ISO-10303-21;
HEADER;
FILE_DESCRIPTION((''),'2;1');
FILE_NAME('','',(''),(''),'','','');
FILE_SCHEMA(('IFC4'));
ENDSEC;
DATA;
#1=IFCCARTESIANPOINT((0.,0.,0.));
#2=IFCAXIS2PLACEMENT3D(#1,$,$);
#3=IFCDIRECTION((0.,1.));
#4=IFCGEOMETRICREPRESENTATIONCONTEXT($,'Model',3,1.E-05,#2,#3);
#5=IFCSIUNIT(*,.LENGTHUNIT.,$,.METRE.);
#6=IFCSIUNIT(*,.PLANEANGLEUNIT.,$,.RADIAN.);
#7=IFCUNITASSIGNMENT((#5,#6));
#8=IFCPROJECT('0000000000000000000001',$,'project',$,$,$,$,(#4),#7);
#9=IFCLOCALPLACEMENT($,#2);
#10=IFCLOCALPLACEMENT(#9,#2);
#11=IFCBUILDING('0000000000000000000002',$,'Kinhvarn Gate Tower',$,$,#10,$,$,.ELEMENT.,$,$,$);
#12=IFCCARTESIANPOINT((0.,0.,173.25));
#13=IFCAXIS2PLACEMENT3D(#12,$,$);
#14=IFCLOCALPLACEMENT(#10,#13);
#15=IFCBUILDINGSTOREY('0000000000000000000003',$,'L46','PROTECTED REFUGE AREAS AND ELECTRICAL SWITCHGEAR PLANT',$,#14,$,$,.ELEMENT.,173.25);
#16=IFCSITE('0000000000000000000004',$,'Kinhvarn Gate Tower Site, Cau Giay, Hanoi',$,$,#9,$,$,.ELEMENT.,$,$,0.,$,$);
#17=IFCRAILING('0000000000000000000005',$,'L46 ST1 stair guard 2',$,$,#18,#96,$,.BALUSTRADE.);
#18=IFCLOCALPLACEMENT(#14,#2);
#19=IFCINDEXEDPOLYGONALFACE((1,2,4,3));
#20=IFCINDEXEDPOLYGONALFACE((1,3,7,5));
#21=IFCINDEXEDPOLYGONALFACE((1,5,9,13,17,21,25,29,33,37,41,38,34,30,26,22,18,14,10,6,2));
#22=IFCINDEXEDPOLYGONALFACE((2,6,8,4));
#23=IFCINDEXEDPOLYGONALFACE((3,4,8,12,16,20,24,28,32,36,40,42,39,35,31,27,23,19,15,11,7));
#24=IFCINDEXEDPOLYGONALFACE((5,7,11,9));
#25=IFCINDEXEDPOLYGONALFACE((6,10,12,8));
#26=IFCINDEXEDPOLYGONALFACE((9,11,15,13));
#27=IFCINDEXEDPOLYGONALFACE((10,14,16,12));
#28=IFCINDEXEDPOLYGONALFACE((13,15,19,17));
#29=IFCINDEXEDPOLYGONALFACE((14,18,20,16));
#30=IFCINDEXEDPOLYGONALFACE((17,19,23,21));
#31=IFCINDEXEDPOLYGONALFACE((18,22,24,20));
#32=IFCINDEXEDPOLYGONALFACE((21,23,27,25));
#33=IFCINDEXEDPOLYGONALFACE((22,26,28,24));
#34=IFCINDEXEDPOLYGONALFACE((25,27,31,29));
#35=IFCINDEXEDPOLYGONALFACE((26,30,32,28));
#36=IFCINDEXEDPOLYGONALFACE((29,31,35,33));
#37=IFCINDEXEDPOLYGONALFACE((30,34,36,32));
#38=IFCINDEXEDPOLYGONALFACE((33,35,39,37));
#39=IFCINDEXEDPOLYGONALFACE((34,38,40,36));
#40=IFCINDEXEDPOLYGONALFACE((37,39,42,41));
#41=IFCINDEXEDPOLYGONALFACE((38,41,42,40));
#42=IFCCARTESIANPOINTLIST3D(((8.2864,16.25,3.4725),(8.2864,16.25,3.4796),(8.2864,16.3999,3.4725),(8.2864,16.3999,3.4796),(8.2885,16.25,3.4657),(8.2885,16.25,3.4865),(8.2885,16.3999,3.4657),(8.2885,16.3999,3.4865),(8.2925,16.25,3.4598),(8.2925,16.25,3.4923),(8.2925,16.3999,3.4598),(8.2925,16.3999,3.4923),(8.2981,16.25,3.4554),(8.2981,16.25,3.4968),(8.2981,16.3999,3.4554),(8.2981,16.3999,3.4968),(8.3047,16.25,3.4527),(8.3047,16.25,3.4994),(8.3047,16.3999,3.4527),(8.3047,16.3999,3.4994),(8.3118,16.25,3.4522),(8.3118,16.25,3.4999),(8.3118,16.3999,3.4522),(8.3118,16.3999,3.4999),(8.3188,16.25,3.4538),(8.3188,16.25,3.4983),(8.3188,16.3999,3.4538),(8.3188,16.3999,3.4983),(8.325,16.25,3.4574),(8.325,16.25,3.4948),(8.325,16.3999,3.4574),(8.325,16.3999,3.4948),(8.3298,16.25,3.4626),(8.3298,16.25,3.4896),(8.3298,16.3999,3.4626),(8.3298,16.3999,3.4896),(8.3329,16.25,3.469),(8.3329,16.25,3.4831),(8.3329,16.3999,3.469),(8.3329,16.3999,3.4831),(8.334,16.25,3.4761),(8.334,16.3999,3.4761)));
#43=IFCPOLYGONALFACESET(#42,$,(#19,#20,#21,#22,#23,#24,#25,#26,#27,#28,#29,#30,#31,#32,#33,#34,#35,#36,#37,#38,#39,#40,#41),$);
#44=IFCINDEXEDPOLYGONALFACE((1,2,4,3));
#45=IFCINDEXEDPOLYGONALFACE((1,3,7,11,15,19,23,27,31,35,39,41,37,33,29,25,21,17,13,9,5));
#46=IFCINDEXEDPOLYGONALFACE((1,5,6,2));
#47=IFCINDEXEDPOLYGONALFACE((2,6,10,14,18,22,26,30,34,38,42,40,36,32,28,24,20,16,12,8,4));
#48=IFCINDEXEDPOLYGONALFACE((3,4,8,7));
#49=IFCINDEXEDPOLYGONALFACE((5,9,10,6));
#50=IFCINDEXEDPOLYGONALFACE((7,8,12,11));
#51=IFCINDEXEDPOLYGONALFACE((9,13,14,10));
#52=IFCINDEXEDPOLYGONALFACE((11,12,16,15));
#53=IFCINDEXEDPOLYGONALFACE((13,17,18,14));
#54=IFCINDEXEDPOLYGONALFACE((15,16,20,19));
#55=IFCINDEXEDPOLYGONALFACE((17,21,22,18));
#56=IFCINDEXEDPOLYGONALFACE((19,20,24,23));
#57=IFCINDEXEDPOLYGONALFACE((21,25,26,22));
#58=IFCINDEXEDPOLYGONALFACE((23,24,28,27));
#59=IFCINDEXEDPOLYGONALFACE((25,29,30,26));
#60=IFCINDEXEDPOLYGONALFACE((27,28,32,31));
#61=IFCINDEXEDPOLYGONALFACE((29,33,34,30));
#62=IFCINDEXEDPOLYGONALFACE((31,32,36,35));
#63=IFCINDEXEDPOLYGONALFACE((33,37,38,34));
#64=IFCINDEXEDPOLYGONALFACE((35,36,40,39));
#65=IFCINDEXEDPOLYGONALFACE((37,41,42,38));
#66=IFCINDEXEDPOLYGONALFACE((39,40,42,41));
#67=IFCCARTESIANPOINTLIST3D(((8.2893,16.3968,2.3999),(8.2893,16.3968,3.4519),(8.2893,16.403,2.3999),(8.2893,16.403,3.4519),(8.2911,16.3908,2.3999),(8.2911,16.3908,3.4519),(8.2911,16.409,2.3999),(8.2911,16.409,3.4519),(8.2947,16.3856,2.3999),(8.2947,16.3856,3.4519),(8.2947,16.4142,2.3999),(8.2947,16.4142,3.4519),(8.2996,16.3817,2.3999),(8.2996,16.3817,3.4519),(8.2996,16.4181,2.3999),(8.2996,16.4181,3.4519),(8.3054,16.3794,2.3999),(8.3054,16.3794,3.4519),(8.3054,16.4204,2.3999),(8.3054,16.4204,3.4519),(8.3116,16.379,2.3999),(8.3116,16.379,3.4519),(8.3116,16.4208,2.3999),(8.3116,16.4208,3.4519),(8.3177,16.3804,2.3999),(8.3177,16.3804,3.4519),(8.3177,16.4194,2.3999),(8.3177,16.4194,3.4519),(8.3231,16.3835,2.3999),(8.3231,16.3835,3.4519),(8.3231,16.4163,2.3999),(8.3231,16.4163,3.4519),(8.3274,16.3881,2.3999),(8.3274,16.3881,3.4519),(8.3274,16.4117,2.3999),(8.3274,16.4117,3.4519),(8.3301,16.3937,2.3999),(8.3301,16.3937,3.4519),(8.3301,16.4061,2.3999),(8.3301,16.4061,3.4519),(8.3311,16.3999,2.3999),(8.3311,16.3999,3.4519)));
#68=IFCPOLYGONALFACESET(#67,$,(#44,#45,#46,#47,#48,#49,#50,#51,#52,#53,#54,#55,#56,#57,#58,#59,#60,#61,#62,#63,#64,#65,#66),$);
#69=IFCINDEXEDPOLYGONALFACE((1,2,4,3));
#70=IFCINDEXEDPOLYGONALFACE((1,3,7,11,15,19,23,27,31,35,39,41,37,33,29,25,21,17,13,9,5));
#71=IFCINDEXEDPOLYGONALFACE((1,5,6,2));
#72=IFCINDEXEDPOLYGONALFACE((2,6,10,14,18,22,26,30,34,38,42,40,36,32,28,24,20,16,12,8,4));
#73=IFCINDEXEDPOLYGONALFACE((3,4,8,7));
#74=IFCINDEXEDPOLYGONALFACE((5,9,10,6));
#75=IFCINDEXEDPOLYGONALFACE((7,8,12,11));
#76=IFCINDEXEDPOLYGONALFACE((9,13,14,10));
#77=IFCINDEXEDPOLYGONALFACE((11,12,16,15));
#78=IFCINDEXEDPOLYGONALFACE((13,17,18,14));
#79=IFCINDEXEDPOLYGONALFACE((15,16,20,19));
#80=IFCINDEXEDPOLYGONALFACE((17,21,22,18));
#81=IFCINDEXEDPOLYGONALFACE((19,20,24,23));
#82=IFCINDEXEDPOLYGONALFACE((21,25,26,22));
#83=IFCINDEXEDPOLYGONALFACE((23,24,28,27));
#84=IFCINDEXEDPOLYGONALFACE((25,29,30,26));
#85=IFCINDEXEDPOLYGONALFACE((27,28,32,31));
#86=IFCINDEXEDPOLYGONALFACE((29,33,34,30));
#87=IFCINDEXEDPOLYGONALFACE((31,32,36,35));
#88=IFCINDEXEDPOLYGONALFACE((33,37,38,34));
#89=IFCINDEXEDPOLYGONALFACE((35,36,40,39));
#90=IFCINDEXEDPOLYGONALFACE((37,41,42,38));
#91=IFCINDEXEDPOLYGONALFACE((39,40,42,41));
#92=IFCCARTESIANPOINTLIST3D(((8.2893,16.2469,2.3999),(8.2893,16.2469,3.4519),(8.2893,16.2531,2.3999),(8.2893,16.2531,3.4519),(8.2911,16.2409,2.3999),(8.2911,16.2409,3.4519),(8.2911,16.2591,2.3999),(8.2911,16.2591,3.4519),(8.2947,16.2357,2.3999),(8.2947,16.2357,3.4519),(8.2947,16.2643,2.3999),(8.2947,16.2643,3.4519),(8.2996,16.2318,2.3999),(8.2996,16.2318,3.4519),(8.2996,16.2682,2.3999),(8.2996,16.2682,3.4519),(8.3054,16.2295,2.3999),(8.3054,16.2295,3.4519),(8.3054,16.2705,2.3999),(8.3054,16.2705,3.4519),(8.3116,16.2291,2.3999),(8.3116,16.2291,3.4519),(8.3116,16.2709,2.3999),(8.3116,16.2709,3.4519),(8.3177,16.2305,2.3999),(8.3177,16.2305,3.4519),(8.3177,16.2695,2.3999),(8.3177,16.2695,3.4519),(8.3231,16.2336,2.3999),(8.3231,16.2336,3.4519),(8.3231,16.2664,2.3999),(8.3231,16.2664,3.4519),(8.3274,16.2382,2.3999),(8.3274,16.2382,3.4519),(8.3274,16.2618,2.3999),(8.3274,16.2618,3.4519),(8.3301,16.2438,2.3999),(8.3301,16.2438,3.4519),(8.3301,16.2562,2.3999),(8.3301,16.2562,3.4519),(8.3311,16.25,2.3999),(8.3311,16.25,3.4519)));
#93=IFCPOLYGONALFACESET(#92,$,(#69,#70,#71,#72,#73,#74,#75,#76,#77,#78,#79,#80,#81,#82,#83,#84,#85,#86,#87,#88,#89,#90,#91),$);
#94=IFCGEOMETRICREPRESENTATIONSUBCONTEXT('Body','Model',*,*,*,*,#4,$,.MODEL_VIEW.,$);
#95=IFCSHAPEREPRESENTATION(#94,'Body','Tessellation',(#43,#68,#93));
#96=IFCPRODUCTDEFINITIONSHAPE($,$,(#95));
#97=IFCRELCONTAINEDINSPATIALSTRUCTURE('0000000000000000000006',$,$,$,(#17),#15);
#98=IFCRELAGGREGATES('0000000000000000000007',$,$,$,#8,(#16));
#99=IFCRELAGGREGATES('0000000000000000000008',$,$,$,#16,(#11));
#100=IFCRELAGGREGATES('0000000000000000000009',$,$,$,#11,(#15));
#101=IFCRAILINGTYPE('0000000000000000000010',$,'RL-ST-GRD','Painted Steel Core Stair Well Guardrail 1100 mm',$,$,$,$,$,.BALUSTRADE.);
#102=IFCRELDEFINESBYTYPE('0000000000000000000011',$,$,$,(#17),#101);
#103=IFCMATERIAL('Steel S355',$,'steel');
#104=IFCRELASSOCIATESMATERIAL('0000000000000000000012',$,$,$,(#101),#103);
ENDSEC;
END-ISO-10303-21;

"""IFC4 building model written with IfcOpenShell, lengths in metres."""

from ifc_helpers import new_model, si_unit, direction, frame, origin, origin_2d, place, context, subcontext, project, spatial, circle, extrude, material, type_object, element, save


model = new_model("IFC4")

# Units and contexts
model_context = context("Model", 3, precision=1e-05, world=origin(), true_north=direction((0.0, 1.0)))
body_context = subcontext(model_context, "Body", "Model", "MODEL_VIEW")
ifc_project = project(units=[si_unit("LENGTHUNIT", "METRE"), si_unit("PLANEANGLEUNIT", "RADIAN")], contexts=[model_context])

# Site, building, storey
site_placement = place(None, origin())
site = spatial("IfcSite", under=ifc_project, at=site_placement, Name="Kinhvarn Gate Tower Site, Cau Giay, Hanoi", CompositionType="ELEMENT", RefElevation=0.0)
building_placement = place(site_placement, origin())
building = spatial("IfcBuilding", under=site, at=building_placement, Name="Kinhvarn Gate Tower", CompositionType="ELEMENT")
storey_placement = place(building_placement, frame((0.0, 0.0, 173.25)))
storey = spatial("IfcBuildingStorey", under=building, at=storey_placement, Name="L46", Description="PROTECTED REFUGE AREAS AND ELECTRICAL SWITCHGEAR PLANT", CompositionType="ELEMENT", Elevation=173.25)

# Shared definitions
ifc_material_1 = material(Name="Steel S355", Category="steel")

# Railing
railing_type_1 = type_object("IfcRailingType", Name="RL-ST-GRD", Description="Painted Steel Core Stair Well Guardrail 1100 mm", PredefinedType="BALUSTRADE", material=ifc_material_1)
railing_1_placement = place(storey_placement, frame((8.3101, 16.3999, 2.3999)))
element("IfcRailing", 1, at=railing_1_placement, inside=storey, type_object=railing_type_1, Name="L46 ST1 stair guard 2", PredefinedType="BALUSTRADE", context=body_context, shape_type="SweptSolid", body=[
    extrude(circle(Radius=0.0239, at=origin_2d()), frame((0.0, 0.0, 1.0762), z_axis=(0.0, -1.0, 0.0), x_axis=(1.0, 0.0, 0.0)), (0.0, 0.0, 1.0), 0.1499),
    extrude(circle(Radius=0.021, at=origin_2d()), origin(), (0.0, 0.0, 1.0), 1.052),
    extrude(circle(Radius=0.021, at=origin_2d()), frame((0.0, -0.1499, 0.0)), (0.0, 0.0, 1.0), 1.052),
])

save(model, "model.ifc")
